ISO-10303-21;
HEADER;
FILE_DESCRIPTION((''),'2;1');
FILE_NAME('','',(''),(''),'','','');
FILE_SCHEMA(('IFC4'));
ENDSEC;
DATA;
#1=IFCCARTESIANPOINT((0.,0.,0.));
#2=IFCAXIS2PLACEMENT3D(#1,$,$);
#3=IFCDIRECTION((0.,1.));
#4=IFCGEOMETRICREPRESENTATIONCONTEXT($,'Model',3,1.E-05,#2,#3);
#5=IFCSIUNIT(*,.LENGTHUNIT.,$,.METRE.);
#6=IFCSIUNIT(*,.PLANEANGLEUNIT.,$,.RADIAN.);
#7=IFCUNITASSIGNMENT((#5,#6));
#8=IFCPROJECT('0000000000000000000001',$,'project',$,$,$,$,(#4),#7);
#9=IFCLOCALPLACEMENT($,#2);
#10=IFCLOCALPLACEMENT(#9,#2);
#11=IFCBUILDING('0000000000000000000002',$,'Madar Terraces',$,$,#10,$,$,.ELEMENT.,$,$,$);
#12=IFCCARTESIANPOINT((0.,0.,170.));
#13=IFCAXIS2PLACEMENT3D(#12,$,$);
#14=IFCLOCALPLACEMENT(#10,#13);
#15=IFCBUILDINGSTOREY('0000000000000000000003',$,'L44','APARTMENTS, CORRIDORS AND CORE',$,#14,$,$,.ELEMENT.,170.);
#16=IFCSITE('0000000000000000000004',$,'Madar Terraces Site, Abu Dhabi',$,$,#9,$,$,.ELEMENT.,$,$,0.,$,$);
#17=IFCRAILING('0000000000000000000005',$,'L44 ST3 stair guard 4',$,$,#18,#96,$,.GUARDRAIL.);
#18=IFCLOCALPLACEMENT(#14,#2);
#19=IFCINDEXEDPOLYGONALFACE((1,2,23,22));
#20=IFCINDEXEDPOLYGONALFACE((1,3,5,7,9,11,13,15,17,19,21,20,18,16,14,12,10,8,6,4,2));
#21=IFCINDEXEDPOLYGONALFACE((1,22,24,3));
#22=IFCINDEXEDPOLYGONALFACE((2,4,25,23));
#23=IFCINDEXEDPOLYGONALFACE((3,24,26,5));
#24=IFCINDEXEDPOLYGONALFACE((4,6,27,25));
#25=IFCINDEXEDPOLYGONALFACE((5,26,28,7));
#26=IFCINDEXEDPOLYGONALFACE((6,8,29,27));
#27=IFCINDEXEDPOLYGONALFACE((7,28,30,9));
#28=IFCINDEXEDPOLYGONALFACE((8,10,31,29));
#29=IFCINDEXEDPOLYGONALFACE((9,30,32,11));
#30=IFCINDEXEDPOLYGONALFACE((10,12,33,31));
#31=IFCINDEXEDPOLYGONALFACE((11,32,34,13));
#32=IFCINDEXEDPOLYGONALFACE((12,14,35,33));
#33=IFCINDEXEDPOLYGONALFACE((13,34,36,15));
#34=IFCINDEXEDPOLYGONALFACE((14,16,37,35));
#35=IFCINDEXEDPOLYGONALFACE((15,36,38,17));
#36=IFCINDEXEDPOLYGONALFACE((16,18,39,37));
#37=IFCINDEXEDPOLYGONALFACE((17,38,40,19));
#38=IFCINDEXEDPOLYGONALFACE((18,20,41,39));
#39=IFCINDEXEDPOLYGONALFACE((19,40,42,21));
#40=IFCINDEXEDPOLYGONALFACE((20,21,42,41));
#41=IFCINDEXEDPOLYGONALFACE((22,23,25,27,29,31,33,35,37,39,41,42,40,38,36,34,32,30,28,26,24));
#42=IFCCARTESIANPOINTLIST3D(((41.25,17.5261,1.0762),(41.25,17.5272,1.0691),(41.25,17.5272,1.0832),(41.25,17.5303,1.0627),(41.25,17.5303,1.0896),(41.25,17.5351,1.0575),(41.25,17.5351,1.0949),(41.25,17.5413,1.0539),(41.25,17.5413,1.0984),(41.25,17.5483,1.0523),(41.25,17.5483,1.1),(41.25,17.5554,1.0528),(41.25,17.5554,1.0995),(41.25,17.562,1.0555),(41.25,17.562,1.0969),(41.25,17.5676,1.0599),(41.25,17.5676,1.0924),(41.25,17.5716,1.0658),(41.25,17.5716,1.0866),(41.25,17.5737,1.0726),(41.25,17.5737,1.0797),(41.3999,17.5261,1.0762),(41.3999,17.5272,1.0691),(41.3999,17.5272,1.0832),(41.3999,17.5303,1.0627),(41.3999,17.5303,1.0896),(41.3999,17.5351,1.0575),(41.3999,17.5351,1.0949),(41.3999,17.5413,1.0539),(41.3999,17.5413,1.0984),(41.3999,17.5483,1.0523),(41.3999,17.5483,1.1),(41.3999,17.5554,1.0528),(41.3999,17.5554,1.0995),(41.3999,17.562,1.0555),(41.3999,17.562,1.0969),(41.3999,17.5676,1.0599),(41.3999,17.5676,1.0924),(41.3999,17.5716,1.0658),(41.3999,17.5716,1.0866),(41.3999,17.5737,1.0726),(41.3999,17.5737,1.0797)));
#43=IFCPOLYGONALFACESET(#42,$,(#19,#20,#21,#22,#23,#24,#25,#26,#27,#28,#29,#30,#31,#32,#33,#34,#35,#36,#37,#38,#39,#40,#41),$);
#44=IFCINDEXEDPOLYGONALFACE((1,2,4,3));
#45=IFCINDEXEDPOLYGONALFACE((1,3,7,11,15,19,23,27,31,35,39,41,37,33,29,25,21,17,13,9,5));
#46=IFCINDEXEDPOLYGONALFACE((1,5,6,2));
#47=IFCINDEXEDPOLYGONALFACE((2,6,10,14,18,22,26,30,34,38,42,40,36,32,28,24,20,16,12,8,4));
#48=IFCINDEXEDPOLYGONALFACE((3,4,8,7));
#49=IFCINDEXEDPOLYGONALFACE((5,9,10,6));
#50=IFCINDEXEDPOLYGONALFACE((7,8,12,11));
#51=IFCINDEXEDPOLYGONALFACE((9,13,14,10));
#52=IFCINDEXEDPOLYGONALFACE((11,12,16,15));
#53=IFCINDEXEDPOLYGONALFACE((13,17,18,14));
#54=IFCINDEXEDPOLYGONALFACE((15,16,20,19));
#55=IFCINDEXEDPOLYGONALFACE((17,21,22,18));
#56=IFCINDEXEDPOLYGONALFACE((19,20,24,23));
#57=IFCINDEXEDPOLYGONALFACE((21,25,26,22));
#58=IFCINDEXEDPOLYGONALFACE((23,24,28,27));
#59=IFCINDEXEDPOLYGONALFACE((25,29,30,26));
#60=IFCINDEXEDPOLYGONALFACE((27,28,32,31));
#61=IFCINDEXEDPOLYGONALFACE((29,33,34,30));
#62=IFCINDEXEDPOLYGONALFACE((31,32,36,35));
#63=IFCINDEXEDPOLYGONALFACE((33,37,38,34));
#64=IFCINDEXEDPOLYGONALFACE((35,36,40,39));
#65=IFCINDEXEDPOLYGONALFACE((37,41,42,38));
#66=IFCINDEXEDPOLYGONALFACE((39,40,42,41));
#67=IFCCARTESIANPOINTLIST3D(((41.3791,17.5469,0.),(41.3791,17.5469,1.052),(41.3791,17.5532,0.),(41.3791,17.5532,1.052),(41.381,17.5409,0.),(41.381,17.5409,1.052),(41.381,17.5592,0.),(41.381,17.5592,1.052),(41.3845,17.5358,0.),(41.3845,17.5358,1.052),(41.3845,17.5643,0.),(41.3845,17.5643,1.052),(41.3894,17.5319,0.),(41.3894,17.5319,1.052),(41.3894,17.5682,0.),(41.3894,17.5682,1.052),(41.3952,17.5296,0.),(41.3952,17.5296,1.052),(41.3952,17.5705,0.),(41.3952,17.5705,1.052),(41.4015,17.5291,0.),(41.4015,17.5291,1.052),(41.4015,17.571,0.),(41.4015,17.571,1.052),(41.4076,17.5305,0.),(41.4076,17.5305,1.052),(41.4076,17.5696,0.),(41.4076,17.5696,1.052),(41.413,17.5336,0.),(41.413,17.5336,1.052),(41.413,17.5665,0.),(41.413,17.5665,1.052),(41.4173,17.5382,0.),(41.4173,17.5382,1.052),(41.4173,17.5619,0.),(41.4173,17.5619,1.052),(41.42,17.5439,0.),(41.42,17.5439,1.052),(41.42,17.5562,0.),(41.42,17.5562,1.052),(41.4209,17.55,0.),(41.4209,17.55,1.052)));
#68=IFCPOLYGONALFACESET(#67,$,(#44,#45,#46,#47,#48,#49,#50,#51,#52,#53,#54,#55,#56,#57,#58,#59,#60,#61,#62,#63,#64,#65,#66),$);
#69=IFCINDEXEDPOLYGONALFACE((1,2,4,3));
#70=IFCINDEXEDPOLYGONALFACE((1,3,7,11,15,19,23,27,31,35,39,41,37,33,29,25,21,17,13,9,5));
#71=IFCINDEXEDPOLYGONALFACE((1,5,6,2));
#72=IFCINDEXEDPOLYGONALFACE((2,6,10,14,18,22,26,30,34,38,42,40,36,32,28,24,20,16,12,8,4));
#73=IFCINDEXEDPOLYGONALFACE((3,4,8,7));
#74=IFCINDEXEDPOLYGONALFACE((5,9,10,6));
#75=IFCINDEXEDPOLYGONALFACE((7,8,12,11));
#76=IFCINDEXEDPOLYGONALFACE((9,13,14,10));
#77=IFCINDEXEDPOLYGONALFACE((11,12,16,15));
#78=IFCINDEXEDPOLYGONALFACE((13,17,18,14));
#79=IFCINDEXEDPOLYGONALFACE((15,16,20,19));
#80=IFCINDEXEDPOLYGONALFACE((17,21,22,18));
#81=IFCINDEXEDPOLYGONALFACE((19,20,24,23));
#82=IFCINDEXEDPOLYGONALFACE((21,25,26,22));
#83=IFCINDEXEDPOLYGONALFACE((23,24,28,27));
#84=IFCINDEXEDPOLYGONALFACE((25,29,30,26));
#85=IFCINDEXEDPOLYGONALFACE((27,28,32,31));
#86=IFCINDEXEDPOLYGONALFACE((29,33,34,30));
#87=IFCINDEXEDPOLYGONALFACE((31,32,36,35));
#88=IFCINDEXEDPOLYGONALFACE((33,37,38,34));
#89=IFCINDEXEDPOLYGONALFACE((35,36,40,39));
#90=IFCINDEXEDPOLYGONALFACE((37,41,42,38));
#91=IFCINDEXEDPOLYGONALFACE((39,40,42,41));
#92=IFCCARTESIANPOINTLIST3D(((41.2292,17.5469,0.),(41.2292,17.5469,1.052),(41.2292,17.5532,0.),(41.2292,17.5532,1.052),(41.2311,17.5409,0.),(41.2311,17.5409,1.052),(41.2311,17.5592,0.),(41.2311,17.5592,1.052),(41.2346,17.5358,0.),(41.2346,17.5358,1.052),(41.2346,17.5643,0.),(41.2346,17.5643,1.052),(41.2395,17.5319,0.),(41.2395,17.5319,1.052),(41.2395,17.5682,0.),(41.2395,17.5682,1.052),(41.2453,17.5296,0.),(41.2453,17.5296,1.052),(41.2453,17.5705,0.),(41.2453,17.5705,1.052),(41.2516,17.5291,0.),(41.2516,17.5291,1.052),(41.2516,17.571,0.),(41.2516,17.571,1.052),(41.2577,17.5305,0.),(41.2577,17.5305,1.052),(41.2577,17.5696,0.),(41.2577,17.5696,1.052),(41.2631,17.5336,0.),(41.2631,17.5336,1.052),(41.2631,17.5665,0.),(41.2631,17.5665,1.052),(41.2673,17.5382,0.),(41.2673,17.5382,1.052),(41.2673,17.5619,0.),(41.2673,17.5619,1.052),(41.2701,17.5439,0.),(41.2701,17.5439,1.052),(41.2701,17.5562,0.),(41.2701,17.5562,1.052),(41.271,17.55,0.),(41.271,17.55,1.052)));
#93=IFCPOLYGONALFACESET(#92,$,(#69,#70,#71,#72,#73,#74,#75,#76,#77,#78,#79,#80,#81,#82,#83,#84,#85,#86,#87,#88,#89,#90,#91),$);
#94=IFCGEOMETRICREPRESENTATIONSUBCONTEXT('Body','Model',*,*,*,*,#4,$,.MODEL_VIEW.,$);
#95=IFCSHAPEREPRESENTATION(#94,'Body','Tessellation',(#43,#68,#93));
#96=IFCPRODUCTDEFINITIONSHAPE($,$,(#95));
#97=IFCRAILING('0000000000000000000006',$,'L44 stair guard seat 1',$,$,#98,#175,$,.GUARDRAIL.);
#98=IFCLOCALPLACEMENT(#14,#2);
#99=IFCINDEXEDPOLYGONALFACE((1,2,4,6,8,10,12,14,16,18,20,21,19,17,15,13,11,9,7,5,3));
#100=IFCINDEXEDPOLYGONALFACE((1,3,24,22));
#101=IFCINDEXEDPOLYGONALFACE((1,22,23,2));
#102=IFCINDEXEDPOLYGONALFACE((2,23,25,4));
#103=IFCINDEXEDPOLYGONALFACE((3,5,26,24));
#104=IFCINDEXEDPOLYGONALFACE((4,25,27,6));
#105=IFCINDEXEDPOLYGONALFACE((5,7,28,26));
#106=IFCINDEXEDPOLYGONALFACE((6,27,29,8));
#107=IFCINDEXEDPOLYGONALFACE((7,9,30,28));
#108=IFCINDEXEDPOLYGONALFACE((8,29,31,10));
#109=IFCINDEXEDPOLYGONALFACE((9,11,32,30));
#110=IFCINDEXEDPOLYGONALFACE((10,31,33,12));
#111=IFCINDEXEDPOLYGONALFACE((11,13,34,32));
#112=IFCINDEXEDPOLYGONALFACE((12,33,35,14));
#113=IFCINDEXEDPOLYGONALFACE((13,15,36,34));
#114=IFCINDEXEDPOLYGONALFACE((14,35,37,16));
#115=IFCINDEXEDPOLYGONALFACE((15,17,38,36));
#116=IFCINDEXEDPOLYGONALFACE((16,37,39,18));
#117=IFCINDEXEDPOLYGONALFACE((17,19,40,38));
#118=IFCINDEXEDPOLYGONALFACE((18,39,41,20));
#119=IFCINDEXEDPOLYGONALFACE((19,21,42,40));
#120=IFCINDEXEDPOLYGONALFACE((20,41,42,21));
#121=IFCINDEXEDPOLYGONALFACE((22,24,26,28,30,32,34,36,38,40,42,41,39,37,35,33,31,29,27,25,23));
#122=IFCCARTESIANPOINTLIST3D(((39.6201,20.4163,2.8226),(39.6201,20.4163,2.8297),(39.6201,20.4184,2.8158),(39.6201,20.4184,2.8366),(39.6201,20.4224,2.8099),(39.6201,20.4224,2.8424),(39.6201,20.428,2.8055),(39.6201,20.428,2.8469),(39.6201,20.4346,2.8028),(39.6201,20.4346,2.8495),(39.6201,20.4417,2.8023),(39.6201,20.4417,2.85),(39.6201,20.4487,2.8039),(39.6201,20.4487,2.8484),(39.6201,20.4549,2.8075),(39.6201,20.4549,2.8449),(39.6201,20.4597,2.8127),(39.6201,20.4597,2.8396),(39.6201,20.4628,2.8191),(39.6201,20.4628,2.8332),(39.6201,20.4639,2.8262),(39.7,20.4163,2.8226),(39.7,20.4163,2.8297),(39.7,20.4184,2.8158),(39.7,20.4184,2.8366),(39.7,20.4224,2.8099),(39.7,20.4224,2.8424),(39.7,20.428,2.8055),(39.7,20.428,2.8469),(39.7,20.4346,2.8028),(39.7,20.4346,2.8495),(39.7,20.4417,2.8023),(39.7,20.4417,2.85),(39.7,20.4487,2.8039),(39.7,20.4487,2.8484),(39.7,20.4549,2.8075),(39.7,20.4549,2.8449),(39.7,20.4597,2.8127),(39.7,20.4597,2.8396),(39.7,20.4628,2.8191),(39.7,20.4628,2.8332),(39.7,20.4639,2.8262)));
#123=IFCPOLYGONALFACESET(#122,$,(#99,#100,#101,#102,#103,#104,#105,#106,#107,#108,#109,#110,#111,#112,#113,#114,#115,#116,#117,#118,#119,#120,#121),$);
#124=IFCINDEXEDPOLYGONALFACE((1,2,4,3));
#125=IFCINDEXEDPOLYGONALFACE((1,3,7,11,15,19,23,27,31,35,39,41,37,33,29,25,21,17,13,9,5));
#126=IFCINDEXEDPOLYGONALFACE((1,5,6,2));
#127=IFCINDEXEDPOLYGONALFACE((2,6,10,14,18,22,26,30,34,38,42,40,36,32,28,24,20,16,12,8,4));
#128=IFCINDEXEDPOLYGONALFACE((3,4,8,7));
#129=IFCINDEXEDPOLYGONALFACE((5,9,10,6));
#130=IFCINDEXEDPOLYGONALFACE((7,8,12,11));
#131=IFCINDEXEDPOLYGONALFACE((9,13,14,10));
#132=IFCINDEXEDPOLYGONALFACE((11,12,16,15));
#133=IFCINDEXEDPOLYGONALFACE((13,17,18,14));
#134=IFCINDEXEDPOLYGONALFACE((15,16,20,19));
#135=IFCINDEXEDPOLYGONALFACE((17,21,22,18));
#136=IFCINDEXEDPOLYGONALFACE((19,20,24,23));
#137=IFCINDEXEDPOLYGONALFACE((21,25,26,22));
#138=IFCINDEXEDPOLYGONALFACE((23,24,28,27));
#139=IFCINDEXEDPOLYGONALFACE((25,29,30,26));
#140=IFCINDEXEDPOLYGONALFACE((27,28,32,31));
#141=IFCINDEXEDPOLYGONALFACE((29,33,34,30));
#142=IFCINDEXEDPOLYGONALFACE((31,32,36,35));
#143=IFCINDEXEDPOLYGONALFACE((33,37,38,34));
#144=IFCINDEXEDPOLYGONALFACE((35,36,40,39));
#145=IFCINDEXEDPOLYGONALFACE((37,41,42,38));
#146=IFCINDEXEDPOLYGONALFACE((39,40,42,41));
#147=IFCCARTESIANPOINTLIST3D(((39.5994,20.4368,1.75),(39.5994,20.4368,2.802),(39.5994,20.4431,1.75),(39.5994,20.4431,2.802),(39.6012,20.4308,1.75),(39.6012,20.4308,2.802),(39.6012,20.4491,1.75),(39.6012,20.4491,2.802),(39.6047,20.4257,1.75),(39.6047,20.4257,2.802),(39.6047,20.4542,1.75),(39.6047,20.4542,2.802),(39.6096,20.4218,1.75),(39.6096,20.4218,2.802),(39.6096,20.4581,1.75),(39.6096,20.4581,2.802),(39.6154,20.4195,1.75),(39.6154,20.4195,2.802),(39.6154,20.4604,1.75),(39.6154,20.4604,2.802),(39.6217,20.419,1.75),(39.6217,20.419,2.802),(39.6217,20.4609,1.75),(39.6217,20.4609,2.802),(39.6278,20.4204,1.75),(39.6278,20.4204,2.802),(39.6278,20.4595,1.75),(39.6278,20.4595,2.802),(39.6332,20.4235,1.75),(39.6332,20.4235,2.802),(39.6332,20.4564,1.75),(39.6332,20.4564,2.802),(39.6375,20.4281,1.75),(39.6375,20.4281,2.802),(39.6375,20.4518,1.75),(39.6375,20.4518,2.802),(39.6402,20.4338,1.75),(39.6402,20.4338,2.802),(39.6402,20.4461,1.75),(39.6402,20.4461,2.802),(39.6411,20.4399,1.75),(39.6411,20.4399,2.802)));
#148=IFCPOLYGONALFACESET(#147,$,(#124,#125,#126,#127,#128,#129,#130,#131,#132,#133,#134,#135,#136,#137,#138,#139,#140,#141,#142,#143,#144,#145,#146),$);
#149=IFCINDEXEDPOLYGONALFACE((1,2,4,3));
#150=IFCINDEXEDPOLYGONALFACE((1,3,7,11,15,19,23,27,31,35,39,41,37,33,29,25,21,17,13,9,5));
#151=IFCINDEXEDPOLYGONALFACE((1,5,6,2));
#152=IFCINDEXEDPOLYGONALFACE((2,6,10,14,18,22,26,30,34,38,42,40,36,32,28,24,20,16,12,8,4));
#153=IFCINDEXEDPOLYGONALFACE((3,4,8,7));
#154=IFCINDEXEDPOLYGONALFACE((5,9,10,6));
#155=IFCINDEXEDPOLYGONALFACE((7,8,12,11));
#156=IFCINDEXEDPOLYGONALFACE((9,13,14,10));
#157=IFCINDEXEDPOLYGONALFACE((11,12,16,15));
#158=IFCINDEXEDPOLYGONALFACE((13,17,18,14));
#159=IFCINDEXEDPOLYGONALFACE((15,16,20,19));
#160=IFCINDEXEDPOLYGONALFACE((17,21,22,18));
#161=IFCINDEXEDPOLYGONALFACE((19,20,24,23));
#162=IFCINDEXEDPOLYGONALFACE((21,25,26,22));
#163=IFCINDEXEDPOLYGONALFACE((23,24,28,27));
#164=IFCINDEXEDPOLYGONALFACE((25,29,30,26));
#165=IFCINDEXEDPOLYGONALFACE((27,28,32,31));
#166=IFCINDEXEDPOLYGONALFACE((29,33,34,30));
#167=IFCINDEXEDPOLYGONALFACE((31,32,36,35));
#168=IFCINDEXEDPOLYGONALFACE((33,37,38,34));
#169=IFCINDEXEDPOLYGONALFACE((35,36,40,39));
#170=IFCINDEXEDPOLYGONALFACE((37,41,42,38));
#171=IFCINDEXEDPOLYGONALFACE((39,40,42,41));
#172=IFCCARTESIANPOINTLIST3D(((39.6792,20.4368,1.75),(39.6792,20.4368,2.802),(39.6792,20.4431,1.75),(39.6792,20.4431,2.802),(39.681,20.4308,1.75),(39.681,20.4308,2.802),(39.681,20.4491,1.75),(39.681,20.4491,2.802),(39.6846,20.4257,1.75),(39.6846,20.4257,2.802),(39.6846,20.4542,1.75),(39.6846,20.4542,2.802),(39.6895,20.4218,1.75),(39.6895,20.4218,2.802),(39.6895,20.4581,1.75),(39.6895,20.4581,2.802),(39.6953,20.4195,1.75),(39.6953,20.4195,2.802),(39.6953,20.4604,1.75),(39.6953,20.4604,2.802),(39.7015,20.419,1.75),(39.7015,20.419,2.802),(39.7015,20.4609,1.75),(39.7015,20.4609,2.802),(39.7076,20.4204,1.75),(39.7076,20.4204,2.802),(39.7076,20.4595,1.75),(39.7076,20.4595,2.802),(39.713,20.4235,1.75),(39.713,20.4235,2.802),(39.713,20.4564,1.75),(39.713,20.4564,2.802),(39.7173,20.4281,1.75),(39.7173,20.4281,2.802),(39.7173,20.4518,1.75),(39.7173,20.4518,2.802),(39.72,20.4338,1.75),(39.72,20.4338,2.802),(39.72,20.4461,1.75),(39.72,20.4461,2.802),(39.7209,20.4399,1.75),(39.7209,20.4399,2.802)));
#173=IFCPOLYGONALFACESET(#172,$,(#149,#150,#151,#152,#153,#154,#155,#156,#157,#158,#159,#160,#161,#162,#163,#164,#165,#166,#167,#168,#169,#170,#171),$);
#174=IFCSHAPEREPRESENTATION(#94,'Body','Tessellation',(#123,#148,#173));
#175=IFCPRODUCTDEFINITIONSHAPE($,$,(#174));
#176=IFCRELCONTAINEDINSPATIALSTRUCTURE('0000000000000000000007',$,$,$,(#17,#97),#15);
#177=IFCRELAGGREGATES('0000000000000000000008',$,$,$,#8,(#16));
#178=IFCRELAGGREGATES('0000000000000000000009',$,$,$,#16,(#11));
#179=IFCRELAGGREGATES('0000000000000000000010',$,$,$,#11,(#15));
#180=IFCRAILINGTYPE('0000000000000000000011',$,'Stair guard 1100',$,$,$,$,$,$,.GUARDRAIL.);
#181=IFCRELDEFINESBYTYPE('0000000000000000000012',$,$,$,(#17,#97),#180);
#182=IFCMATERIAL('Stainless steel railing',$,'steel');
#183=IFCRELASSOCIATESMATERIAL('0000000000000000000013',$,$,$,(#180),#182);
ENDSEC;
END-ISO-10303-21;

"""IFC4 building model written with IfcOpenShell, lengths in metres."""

from ifc_helpers import new_model, si_unit, direction, frame, origin, origin_2d, place, context, subcontext, project, spatial, circle, extrude, material, type_object, element, save


model = new_model("IFC4")

# Units and contexts
model_context = context("Model", 3, precision=1e-05, world=origin(), true_north=direction((0.0, 1.0)))
body_context = subcontext(model_context, "Body", "Model", "MODEL_VIEW")
ifc_project = project(units=[si_unit("LENGTHUNIT", "METRE"), si_unit("PLANEANGLEUNIT", "RADIAN")], contexts=[model_context])

# Site, building, storey
site_placement = place(None, origin())
site = spatial("IfcSite", under=ifc_project, at=site_placement, Name="Madar Terraces Site, Abu Dhabi", CompositionType="ELEMENT", RefElevation=0.0)
building_placement = place(site_placement, origin())
building = spatial("IfcBuilding", under=site, at=building_placement, Name="Madar Terraces", CompositionType="ELEMENT")
storey_placement = place(building_placement, frame((0.0, 0.0, 170.0)))
storey = spatial("IfcBuildingStorey", under=building, at=storey_placement, Name="L44", Description="APARTMENTS, CORRIDORS AND CORE", CompositionType="ELEMENT", Elevation=170.0)

# Railings
ifc_material_1 = material(Name="Stainless steel railing", Category="steel")
railing_type_1 = type_object("IfcRailingType", Name="Stair guard 1100", PredefinedType="GUARDRAIL", material=ifc_material_1)
railing_1_placement = place(storey_placement, frame((41.3999, 17.55, 0.0)))
element("IfcRailing", 1, at=railing_1_placement, inside=storey, type_object=railing_type_1, Name="L44 ST3 stair guard 4", PredefinedType="GUARDRAIL", context=body_context, shape_type="SweptSolid", body=[
    extrude(circle(Radius=0.0239, at=origin_2d()), frame((0.0, 0.0, 1.0762), z_axis=(-1.0, 0.0, 0.0), x_axis=(0.0, -1.0, 0.0)), (0.0, 0.0, 1.0), 0.1499),
    extrude(circle(Radius=0.021, at=origin_2d()), origin(), (0.0, 0.0, 1.0), 1.052),
    extrude(circle(Radius=0.021, at=origin_2d()), frame((-0.1499, 0.0, 0.0)), (0.0, 0.0, 1.0), 1.052),
])
railing_2_placement = place(storey_placement, frame((39.6201, 20.4399, 1.75)))
element("IfcRailing", 2, at=railing_2_placement, inside=storey, type_object=railing_type_1, Name="L44 stair guard seat 1", PredefinedType="GUARDRAIL", context=body_context, shape_type="SweptSolid", body=[
    extrude(circle(Radius=0.0239, at=origin_2d()), frame((0.0, 0.0, 1.0762), z_axis=(1.0, 0.0, 0.0), x_axis=(0.0, 1.0, 0.0)), (0.0, 0.0, 1.0), 0.0798),
    extrude(circle(Radius=0.021, at=origin_2d()), origin(), (0.0, 0.0, 1.0), 1.052),
    extrude(circle(Radius=0.021, at=origin_2d()), frame((0.0798, 0.0, 0.0)), (0.0, 0.0, 1.0), 1.052),
])

save(model, "model.ifc")
